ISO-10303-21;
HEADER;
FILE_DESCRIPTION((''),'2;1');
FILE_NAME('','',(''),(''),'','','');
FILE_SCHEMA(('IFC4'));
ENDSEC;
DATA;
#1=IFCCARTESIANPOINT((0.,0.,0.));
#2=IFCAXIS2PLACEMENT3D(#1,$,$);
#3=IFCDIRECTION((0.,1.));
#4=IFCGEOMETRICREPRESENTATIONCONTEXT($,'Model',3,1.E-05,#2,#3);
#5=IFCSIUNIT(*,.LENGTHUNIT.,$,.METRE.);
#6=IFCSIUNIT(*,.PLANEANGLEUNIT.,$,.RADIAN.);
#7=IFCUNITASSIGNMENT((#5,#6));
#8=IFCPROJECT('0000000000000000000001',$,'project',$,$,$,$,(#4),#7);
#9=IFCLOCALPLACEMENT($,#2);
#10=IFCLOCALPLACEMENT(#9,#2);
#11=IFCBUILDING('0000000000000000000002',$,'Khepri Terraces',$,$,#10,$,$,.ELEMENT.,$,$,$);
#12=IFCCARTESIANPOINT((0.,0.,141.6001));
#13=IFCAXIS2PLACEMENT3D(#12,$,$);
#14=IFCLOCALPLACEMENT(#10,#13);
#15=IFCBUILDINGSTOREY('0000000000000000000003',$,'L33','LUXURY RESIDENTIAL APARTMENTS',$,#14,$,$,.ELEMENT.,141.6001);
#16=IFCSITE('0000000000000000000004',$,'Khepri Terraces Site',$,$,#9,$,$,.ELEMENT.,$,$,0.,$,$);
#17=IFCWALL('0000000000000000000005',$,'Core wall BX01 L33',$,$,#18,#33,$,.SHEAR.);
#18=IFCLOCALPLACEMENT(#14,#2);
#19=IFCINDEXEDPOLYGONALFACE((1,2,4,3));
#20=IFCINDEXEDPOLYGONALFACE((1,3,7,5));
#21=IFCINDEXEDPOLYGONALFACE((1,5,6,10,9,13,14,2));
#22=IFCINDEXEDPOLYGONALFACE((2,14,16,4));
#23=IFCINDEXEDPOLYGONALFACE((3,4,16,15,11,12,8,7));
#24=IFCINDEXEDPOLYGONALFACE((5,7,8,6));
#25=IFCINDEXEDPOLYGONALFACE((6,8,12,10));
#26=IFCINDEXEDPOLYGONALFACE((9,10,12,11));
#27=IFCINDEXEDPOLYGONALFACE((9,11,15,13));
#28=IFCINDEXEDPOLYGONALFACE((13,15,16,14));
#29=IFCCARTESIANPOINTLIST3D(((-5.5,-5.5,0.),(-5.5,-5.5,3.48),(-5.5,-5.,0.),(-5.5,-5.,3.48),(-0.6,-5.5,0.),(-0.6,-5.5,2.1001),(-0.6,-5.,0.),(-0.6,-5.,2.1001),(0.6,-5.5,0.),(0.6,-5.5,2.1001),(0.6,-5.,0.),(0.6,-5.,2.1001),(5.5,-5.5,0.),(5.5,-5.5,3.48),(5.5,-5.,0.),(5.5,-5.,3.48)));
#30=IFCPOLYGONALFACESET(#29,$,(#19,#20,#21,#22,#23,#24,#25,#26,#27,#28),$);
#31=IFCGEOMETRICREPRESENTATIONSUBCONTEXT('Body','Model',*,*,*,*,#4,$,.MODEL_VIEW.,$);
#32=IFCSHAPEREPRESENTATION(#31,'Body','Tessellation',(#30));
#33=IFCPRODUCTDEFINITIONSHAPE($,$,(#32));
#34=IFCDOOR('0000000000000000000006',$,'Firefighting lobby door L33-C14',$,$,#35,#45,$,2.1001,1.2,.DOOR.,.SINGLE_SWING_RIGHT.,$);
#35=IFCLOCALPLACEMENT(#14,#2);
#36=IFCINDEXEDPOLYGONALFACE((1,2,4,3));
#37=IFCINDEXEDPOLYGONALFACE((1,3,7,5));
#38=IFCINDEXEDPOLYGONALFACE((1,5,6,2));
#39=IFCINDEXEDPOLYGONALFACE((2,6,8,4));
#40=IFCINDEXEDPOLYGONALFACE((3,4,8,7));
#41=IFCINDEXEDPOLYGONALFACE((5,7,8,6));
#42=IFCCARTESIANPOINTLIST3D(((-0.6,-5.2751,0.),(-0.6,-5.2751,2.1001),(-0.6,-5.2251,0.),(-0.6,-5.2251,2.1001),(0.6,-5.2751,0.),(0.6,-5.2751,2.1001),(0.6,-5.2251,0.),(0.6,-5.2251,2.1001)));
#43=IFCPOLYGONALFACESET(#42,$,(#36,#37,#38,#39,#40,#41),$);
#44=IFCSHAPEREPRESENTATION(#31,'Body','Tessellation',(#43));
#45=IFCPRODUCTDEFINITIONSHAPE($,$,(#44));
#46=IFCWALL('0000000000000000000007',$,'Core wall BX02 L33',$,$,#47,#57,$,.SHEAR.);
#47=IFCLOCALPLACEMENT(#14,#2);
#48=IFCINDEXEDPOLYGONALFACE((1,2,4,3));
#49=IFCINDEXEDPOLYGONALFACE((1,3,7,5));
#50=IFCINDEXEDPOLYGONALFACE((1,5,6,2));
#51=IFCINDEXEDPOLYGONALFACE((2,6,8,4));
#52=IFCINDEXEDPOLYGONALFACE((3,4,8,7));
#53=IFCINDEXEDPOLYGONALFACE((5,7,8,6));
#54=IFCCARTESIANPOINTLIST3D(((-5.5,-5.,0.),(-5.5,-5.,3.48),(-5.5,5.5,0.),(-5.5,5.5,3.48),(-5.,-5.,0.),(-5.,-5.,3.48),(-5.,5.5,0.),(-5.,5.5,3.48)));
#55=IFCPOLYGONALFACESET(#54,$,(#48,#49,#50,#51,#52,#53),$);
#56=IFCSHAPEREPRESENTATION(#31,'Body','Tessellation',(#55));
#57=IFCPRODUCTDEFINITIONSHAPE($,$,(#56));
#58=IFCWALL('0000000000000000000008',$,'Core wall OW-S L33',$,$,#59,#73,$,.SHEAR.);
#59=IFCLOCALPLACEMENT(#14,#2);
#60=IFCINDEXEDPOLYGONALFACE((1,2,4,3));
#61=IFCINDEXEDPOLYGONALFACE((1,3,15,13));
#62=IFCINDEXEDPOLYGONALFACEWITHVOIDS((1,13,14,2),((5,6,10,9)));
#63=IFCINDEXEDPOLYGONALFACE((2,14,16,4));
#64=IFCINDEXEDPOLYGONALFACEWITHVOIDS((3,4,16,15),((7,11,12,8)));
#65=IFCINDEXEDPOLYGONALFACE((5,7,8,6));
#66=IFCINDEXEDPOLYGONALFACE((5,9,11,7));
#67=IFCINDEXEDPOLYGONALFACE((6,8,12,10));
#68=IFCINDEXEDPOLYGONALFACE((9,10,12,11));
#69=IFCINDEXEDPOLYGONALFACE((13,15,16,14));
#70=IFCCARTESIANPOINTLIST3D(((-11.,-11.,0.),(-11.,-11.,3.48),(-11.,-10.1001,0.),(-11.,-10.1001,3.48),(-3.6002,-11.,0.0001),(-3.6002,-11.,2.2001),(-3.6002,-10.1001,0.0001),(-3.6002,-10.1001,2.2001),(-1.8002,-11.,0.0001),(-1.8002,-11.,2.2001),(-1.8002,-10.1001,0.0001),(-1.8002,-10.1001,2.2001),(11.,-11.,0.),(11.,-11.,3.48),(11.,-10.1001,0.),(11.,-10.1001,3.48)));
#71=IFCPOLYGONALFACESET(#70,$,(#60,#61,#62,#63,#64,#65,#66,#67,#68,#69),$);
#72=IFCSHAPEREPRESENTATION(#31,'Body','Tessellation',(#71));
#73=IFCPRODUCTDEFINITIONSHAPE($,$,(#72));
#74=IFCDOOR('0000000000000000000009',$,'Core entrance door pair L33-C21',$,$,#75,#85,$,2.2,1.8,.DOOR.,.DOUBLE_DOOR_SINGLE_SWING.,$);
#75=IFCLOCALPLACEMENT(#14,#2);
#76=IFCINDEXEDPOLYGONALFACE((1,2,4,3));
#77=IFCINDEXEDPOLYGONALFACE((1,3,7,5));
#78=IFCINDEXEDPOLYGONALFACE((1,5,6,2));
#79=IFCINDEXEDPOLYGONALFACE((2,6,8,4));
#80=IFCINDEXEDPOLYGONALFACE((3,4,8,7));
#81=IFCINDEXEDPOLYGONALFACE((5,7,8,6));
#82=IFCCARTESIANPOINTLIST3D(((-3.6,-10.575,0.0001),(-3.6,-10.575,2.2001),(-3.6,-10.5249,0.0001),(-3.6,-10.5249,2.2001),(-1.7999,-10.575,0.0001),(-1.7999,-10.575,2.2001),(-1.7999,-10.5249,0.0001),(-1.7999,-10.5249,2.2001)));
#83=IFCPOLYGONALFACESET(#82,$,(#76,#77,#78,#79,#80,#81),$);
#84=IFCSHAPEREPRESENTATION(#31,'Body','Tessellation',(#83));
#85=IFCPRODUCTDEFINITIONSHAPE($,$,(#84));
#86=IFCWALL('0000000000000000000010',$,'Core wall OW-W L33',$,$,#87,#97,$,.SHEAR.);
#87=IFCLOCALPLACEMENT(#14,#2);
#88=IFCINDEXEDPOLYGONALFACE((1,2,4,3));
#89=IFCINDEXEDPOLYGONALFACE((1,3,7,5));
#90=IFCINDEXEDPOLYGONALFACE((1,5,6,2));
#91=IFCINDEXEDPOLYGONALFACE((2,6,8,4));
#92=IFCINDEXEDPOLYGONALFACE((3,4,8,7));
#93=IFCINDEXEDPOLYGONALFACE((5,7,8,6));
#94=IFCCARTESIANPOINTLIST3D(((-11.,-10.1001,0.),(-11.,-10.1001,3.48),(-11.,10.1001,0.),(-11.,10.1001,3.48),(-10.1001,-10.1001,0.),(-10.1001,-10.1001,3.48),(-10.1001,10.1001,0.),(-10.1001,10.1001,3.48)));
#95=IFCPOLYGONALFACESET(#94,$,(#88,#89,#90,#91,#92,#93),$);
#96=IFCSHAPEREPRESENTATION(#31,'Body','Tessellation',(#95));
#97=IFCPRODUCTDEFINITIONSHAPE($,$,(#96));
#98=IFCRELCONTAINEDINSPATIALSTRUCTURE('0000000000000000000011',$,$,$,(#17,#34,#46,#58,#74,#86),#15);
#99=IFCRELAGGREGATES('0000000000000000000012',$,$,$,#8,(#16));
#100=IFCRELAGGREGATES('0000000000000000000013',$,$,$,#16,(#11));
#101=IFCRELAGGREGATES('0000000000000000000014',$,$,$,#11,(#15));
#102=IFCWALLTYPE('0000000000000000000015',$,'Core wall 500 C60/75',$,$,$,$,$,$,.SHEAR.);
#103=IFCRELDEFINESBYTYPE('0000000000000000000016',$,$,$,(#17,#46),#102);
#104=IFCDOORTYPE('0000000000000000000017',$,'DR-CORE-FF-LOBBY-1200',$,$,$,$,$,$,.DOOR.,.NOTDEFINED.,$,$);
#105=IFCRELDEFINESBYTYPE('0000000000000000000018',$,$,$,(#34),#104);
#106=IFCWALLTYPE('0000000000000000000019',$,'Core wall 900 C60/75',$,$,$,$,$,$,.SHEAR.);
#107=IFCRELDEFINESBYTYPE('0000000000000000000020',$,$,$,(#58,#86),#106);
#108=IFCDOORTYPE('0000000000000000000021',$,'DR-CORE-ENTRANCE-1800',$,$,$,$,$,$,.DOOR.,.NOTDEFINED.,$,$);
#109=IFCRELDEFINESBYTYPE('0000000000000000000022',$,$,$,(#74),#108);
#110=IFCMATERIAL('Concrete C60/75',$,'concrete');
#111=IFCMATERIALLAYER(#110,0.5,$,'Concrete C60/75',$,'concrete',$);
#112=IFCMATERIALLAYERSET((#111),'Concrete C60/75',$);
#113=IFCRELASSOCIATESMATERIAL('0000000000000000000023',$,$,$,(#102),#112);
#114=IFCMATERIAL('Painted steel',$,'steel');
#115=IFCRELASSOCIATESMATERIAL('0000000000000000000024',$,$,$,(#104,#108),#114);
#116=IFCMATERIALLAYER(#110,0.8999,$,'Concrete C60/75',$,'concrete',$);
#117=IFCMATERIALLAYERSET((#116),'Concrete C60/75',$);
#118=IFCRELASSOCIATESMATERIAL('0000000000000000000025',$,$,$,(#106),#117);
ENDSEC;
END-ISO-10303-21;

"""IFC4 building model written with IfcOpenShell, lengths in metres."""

from ifc_helpers import new_model, si_unit, direction, frame, frame_2d, origin, place, context, subcontext, project, spatial, rectangle, extrude, material, layer, layer_set, type_object, element, fill, save


model = new_model("IFC4")

# Units and contexts
model_context = context("Model", 3, precision=1e-05, world=origin(), true_north=direction((0.0, 1.0)))
body_context = subcontext(model_context, "Body", "Model", "MODEL_VIEW")
ifc_project = project(units=[si_unit("LENGTHUNIT", "METRE"), si_unit("PLANEANGLEUNIT", "RADIAN")], contexts=[model_context])

# Site, building, storey
site_placement = place(None, origin())
site = spatial("IfcSite", under=ifc_project, at=site_placement, Name="Khepri Terraces Site", CompositionType="ELEMENT", RefElevation=0.0)
building_placement = place(site_placement, origin())
building = spatial("IfcBuilding", under=site, at=building_placement, Name="Khepri Terraces", CompositionType="ELEMENT")
storey_placement = place(building_placement, frame((0.0, 0.0, 141.6001)))
storey = spatial("IfcBuildingStorey", under=building, at=storey_placement, Name="L33", Description="LUXURY RESIDENTIAL APARTMENTS", CompositionType="ELEMENT", Elevation=141.6001)

# Shared definitions
ifc_material_1 = material(Name="Concrete C60/75", Category="concrete")

# Shared definitions
ifc_material_2 = material(Name="Painted steel", Category="steel")

# Wall, opening, door
ifc_layer_1 = layer(ifc_material_1, 0.5, Name="Concrete C60/75", Category="concrete")
ifc_layer_set_1 = layer_set([ifc_layer_1], Name="Concrete C60/75")
wall_type_1 = type_object("IfcWallType", Name="Core wall 500 C60/75", PredefinedType="SHEAR", material=ifc_layer_set_1)
wall_1_placement = place(storey_placement, frame((-5.5, -5.25, 0.0), z_axis=(0.0, 0.0, 1.0), x_axis=(1.0, 0.0, 0.0)))
wall_1 = element("IfcWall", 1, at=wall_1_placement, inside=storey, type_object=wall_type_1, Name="Core wall BX01 L33", PredefinedType="SHEAR", context=body_context, shape_type="SweptSolid", body=[
    extrude(rectangle(XDim=11.0, YDim=0.5, at=frame_2d((5.5, 0.0))), origin(), (0.0, 0.0, 1.0), 3.48),
])
opening_1_placement = place(wall_1_placement, frame((4.8999, 0.0, 0.0)))
opening_1 = element("IfcOpeningElement", 2, at=opening_1_placement, cuts=wall_1, PredefinedType="OPENING", context=body_context, shape_type="SweptSolid", body=[
    extrude(rectangle(XDim=1.2, YDim=2.1001, at=frame_2d((0.6001, 1.05))), frame((0.0, 0.26, 0.0), z_axis=(0.0, -1.0, 0.0), x_axis=(1.0, 0.0, 0.0)), (0.0, 0.0, 1.0), 0.52),
])
door_type_1 = type_object("IfcDoorType", Name="DR-CORE-FF-LOBBY-1200", OperationType="NOTDEFINED", PredefinedType="DOOR", material=ifc_material_2)
door_1_placement = place(opening_1_placement, origin())
door_1 = element("IfcDoor", 3, at=door_1_placement, inside=storey, type_object=door_type_1, Name="Firefighting lobby door L33-C14", OperationType="SINGLE_SWING_RIGHT", OverallHeight=2.1001, OverallWidth=1.2, PredefinedType="DOOR", context=body_context, shape_type="SweptSolid", body=[
    extrude(rectangle(XDim=1.2, YDim=2.1001, at=frame_2d((0.6001, 1.05))), frame((0.0, 0.0249, 0.0), z_axis=(0.0, -1.0, 0.0), x_axis=(1.0, 0.0, 0.0)), (0.0, 0.0, 1.0), 0.05),
])
fill(opening_1, door_1)

# Wall
wall_2_placement = place(storey_placement, frame((-5.25, -5.0, 0.0), z_axis=(0.0, 0.0, 1.0), x_axis=(0.0, 1.0, 0.0)))
element("IfcWall", 4, at=wall_2_placement, inside=storey, type_object=wall_type_1, Name="Core wall BX02 L33", PredefinedType="SHEAR", context=body_context, shape_type="SweptSolid", body=[
    extrude(rectangle(XDim=10.5, YDim=0.5, at=frame_2d((5.25, 0.0))), origin(), (0.0, 0.0, 1.0), 3.48),
])

# Wall, opening, door
ifc_layer_2 = layer(ifc_material_1, 0.8999, Name="Concrete C60/75", Category="concrete")
ifc_layer_set_2 = layer_set([ifc_layer_2], Name="Concrete C60/75")
wall_type_2 = type_object("IfcWallType", Name="Core wall 900 C60/75", PredefinedType="SHEAR", material=ifc_layer_set_2)
wall_3_placement = place(storey_placement, frame((-11.0, -10.55, 0.0), z_axis=(0.0, 0.0, 1.0), x_axis=(1.0, 0.0, 0.0)))
wall_3 = element("IfcWall", 5, at=wall_3_placement, inside=storey, type_object=wall_type_2, Name="Core wall OW-S L33", PredefinedType="SHEAR", context=body_context, shape_type="SweptSolid", body=[
    extrude(rectangle(XDim=22.0, YDim=0.8999, at=frame_2d((11.0, 0.0))), origin(), (0.0, 0.0, 1.0), 3.48),
])
opening_2_placement = place(wall_3_placement, frame((7.3999, 0.0, 0.0)))
opening_2 = element("IfcOpeningElement", 6, at=opening_2_placement, cuts=wall_3, PredefinedType="OPENING", context=body_context, shape_type="SweptSolid", body=[
    extrude(rectangle(XDim=1.8, YDim=2.2, at=frame_2d((0.8999, 1.1001))), frame((0.0, 0.46, 0.0), z_axis=(0.0, -1.0, 0.0), x_axis=(1.0, 0.0, 0.0)), (0.0, 0.0, 1.0), 0.9199),
])
door_type_2 = type_object("IfcDoorType", Name="DR-CORE-ENTRANCE-1800", OperationType="NOTDEFINED", PredefinedType="DOOR", material=ifc_material_2)
door_2_placement = place(opening_2_placement, frame((1.8, 0.0, 0.0), z_axis=(0.0, 0.0, 1.0), x_axis=(-1.0, 0.0, 0.0)))
door_2 = element("IfcDoor", 7, at=door_2_placement, inside=storey, type_object=door_type_2, Name="Core entrance door pair L33-C21", OperationType="DOUBLE_DOOR_SINGLE_SWING", OverallHeight=2.2, OverallWidth=1.8, PredefinedType="DOOR", context=body_context, shape_type="SweptSolid", body=[
    extrude(rectangle(XDim=1.8, YDim=2.2, at=frame_2d((0.8999, 1.1001))), frame((0.0, 0.0249, 0.0), z_axis=(0.0, -1.0, 0.0), x_axis=(1.0, 0.0, 0.0)), (0.0, 0.0, 1.0), 0.05),
])
fill(opening_2, door_2)

# Wall
wall_4_placement = place(storey_placement, frame((-10.55, -10.1001, 0.0), z_axis=(0.0, 0.0, 1.0), x_axis=(0.0, 1.0, 0.0)))
element("IfcWall", 8, at=wall_4_placement, inside=storey, type_object=wall_type_2, Name="Core wall OW-W L33", PredefinedType="SHEAR", context=body_context, shape_type="SweptSolid", body=[
    extrude(rectangle(XDim=20.2002, YDim=0.8999, at=frame_2d((10.1001, 0.0))), origin(), (0.0, 0.0, 1.0), 3.48),
])

save(model, "model.ifc")
